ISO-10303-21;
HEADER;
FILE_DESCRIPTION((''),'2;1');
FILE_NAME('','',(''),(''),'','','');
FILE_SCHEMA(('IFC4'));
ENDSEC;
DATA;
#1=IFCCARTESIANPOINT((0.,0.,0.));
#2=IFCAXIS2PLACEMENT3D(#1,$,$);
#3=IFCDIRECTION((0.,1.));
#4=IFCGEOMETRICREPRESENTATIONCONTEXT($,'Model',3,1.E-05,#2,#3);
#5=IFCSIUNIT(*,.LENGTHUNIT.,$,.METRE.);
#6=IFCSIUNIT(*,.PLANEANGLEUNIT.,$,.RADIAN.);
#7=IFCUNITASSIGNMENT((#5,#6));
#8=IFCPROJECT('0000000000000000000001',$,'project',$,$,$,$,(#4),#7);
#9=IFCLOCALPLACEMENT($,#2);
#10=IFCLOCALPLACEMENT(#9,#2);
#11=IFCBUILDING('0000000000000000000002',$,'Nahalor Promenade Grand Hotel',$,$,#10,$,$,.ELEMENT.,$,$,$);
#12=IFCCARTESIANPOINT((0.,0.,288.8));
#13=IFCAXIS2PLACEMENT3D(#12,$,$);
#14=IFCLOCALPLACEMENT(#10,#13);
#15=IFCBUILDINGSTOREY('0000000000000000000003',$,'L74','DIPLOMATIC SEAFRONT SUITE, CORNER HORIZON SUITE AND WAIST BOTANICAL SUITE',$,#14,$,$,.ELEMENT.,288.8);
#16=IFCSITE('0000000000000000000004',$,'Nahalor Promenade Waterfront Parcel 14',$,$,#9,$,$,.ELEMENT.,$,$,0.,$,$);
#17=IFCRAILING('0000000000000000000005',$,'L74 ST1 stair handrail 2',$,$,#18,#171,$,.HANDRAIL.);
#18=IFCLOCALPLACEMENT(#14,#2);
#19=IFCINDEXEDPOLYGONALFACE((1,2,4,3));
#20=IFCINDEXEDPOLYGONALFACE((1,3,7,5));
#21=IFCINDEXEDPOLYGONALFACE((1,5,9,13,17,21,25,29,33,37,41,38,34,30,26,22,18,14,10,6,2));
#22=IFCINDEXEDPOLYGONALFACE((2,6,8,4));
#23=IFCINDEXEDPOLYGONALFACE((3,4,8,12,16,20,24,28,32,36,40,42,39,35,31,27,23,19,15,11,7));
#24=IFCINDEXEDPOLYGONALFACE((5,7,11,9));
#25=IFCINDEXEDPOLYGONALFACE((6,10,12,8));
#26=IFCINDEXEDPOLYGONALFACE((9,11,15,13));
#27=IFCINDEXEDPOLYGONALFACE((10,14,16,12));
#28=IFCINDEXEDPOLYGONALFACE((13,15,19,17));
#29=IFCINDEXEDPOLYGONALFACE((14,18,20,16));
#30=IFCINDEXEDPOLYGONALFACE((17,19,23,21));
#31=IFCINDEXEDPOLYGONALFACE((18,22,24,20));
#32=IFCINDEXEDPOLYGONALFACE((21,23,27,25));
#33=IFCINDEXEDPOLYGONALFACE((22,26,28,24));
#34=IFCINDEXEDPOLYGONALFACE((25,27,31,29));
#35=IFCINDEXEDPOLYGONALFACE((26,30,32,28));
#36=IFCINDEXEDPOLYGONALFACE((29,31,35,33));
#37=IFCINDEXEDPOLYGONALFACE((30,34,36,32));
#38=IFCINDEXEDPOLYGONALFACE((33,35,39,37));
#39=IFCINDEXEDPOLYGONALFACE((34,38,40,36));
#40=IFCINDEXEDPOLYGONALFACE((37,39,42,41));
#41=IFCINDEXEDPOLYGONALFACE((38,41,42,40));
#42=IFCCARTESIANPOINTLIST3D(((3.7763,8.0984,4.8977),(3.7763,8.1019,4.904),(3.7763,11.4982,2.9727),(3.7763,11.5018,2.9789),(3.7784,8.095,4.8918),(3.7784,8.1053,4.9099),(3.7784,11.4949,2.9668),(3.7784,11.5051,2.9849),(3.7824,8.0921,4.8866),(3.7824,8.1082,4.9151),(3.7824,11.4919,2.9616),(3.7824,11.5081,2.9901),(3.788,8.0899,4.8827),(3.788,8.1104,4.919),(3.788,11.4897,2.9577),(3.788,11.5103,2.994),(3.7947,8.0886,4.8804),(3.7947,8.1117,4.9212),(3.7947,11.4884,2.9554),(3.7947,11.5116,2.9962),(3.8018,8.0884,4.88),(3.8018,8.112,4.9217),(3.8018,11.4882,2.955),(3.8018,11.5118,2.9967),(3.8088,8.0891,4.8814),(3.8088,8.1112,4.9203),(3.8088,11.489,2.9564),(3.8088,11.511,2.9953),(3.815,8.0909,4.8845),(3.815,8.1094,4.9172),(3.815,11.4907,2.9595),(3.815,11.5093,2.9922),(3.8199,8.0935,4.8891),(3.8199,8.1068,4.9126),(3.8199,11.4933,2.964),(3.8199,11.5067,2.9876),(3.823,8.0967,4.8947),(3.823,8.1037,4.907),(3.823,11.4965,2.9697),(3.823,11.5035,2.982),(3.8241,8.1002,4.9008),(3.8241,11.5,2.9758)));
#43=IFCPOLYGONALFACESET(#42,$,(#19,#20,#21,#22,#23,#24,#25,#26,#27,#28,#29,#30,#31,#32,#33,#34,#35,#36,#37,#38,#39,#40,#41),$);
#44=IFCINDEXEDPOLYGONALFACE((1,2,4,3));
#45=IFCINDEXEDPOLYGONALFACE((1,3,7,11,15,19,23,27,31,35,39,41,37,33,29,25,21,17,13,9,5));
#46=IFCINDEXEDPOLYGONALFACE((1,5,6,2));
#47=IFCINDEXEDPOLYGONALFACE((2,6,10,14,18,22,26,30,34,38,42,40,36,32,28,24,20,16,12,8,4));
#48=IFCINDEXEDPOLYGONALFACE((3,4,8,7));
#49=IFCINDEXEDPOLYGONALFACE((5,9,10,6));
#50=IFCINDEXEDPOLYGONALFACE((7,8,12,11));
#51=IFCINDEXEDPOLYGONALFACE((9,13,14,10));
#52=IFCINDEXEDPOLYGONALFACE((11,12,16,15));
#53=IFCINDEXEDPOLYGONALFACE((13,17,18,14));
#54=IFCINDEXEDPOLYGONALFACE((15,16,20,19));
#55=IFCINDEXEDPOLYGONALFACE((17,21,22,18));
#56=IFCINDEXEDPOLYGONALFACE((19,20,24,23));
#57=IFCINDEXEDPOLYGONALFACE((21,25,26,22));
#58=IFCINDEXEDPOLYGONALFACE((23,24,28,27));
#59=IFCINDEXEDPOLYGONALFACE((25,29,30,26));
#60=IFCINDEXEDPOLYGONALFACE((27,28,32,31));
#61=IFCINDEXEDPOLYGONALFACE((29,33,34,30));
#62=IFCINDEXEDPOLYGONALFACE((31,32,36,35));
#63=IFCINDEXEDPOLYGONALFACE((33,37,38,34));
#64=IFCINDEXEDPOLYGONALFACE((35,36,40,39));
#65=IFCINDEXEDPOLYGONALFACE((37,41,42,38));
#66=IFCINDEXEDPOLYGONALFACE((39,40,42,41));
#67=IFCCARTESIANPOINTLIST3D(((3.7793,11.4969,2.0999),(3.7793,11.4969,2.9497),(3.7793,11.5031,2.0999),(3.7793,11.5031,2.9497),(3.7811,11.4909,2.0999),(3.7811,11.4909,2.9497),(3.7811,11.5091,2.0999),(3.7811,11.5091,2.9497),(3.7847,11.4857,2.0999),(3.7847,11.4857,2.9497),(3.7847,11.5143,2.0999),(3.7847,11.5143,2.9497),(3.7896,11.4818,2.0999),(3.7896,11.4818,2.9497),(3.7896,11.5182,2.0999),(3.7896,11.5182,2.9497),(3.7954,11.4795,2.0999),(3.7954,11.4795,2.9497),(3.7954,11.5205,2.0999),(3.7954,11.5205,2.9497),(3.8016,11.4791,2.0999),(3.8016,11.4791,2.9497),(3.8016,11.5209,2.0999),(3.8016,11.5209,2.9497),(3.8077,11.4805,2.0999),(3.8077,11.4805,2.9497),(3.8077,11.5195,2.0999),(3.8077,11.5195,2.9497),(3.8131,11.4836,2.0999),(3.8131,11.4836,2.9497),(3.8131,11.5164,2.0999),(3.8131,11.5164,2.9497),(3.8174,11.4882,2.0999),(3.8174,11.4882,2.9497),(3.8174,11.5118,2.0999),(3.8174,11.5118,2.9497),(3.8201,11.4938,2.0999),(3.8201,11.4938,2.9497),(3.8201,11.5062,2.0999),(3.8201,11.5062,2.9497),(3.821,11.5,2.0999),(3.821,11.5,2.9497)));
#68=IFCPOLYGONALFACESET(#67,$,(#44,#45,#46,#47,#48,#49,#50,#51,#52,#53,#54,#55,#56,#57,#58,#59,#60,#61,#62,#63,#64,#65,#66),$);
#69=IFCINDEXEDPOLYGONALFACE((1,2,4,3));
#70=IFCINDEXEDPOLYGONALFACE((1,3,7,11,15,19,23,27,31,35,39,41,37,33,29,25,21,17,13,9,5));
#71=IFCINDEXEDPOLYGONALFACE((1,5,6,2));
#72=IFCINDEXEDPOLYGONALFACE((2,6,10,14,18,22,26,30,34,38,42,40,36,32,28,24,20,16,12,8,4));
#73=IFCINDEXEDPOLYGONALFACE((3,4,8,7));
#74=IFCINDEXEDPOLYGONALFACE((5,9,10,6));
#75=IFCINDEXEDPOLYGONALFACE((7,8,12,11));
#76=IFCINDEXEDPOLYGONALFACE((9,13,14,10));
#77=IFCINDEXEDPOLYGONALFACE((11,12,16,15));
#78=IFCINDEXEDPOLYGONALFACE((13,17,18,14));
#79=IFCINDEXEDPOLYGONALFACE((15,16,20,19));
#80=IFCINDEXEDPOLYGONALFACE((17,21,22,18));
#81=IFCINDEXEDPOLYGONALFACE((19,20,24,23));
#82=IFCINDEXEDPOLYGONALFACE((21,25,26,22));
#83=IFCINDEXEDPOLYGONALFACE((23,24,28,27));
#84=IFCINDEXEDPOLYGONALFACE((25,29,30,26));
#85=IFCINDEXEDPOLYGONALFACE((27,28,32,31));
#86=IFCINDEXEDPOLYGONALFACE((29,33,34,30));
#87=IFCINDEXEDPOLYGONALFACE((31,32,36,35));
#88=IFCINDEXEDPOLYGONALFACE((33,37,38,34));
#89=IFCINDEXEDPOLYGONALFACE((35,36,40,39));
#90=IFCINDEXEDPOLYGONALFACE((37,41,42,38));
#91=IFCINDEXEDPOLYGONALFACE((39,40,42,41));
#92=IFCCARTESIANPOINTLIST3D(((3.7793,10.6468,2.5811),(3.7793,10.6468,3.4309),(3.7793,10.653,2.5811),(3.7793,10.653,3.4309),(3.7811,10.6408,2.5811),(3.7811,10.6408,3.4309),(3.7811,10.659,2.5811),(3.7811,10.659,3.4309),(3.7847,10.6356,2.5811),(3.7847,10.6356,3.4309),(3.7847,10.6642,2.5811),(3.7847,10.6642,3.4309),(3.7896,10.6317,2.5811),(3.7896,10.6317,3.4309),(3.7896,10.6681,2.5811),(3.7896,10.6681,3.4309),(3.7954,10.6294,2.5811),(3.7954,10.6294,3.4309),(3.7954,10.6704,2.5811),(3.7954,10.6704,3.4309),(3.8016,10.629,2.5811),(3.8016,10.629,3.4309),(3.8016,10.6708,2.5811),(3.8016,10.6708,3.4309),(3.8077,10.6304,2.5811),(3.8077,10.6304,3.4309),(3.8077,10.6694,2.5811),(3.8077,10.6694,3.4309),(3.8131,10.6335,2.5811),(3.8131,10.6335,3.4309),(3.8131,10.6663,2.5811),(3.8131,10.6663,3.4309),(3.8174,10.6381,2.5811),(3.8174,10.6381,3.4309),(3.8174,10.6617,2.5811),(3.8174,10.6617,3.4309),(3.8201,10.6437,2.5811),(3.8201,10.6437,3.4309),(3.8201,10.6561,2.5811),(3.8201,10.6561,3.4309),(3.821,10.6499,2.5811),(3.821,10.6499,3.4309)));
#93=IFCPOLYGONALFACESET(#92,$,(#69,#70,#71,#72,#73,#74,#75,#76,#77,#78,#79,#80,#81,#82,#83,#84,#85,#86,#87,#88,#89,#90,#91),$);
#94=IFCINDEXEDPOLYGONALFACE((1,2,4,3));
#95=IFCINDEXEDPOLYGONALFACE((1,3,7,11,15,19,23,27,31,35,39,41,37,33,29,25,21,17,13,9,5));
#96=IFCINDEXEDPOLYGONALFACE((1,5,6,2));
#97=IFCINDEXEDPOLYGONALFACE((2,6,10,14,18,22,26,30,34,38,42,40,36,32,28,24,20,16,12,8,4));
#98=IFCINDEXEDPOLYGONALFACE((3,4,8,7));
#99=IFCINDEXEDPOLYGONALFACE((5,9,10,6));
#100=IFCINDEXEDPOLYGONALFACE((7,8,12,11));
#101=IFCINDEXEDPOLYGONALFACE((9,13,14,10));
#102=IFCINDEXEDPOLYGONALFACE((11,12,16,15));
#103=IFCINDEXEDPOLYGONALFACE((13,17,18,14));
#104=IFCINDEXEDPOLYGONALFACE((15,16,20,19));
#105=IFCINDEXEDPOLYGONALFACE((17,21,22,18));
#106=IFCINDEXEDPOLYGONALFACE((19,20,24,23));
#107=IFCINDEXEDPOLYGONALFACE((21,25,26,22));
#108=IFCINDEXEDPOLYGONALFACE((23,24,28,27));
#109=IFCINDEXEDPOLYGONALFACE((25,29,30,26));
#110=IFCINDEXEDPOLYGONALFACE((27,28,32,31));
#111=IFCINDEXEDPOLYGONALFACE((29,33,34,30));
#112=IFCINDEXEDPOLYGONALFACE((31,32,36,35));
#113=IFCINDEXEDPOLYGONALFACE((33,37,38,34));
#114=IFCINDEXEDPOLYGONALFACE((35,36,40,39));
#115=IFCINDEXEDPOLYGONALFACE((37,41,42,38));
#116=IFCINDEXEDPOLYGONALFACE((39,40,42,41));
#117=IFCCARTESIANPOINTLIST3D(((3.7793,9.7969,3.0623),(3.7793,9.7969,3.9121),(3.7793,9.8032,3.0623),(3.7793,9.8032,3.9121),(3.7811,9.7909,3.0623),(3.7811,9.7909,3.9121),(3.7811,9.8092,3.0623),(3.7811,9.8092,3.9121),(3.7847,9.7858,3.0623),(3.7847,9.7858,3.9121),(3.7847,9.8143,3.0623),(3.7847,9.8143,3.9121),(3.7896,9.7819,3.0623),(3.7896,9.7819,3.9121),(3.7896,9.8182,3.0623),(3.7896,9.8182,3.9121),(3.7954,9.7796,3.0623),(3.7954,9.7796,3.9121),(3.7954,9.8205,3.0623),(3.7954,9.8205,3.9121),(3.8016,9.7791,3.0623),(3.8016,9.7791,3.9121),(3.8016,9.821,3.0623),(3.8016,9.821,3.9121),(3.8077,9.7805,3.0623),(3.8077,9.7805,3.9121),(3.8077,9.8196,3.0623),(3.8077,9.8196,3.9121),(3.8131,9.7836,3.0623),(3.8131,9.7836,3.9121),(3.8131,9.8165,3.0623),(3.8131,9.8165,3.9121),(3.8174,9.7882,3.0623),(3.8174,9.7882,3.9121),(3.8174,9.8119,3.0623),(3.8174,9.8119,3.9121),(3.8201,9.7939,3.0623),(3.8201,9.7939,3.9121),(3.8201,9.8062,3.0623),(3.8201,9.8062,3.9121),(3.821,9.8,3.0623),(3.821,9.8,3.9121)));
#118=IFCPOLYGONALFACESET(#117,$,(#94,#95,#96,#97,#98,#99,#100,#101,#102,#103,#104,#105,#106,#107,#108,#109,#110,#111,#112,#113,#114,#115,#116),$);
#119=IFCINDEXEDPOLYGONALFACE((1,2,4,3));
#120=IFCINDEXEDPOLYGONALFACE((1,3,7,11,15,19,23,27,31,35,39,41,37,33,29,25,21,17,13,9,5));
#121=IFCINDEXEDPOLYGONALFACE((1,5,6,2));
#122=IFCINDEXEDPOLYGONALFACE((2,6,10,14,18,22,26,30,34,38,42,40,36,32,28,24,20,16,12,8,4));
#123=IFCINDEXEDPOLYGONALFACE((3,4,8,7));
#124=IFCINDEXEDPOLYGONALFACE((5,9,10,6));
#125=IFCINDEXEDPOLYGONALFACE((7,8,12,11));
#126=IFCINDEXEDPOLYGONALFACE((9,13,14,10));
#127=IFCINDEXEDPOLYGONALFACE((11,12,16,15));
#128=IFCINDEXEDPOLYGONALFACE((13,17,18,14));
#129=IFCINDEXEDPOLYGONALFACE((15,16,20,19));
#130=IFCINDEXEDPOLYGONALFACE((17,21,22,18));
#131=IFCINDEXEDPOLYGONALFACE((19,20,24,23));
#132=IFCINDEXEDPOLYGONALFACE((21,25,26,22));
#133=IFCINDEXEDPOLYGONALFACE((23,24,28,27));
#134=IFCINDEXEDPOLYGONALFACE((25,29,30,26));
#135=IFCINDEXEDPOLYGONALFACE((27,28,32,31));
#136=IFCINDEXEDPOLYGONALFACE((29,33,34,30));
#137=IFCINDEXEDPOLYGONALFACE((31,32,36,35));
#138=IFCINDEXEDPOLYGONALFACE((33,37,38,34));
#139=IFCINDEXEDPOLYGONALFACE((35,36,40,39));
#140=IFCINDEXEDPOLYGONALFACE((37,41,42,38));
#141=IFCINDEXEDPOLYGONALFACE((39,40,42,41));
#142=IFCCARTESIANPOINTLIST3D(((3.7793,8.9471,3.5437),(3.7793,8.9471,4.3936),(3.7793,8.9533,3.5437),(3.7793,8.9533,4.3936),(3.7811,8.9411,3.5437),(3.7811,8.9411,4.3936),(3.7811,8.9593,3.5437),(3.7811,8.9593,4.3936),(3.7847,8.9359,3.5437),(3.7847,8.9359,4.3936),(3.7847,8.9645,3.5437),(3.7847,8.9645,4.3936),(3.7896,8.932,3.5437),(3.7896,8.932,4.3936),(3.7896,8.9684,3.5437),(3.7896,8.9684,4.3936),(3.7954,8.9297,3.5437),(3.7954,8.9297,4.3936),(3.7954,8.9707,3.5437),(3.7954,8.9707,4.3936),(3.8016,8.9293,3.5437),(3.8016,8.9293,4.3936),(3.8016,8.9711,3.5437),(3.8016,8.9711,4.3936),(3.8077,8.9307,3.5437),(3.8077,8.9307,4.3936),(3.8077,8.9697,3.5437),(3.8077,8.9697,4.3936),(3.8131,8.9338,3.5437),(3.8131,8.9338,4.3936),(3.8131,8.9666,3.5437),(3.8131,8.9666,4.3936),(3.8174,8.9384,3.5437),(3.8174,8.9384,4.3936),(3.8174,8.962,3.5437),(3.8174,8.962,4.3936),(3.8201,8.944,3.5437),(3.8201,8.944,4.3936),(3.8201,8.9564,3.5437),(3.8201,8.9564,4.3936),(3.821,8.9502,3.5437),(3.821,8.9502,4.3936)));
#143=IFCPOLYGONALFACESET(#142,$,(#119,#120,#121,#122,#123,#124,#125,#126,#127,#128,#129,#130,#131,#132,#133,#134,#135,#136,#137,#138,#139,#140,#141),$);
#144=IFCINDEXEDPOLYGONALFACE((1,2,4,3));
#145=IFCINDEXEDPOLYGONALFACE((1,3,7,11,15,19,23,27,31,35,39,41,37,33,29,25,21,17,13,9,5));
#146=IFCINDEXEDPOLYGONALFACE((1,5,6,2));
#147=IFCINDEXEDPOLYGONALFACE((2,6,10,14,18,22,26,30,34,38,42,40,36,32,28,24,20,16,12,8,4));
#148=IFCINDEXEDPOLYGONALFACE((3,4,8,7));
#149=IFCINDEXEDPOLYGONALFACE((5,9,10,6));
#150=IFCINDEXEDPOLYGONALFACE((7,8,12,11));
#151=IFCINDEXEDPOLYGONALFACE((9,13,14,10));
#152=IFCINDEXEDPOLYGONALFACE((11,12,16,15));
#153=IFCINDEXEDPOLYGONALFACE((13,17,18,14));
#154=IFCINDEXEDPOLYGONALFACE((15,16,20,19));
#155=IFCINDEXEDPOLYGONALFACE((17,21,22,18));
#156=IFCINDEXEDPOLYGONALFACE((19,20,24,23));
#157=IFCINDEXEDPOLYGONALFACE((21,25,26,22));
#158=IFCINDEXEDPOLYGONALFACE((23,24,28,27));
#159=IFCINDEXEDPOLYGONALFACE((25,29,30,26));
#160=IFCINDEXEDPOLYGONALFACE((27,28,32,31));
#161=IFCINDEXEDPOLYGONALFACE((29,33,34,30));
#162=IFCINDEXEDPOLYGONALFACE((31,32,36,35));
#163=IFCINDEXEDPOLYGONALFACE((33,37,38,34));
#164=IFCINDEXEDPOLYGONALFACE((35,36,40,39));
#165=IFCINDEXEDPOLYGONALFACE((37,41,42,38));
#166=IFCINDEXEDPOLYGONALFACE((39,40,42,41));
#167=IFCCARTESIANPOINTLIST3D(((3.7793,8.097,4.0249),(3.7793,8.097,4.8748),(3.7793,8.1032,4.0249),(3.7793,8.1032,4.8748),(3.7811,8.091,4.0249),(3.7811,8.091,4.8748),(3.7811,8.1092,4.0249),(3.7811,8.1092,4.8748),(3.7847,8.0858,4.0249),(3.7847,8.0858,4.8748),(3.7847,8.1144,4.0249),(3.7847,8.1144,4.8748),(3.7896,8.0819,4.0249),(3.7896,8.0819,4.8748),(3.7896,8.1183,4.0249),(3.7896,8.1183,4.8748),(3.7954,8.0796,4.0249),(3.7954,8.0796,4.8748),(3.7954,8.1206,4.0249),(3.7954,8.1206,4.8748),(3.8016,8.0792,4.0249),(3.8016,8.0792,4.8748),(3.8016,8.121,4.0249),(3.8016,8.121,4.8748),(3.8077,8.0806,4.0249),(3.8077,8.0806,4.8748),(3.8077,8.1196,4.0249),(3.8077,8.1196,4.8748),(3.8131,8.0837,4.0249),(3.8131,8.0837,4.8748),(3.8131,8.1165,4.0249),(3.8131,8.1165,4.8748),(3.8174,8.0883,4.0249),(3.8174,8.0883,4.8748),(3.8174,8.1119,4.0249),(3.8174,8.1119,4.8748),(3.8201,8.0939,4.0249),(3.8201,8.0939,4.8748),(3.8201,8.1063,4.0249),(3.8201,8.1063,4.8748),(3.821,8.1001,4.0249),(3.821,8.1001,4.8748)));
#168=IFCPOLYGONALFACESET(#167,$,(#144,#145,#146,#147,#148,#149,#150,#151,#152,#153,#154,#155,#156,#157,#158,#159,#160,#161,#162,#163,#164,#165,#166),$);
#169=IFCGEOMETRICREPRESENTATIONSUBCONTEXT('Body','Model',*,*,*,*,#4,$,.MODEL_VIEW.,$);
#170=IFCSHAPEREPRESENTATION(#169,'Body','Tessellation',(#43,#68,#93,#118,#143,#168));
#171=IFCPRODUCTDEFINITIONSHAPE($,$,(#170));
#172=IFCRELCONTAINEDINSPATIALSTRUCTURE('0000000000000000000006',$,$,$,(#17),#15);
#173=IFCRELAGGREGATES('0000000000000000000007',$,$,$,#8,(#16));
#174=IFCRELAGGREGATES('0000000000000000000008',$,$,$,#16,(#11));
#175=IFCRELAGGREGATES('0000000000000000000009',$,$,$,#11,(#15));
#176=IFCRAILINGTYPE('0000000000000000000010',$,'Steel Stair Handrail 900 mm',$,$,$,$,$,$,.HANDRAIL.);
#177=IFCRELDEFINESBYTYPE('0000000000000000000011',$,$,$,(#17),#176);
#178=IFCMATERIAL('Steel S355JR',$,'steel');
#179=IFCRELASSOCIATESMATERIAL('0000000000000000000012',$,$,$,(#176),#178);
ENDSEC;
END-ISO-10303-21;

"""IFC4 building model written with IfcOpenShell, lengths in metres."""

from ifc_helpers import new_model, si_unit, direction, frame, origin, origin_2d, place, context, subcontext, project, spatial, circle, extrude, material, type_object, element, save


model = new_model("IFC4")

# Units and contexts
model_context = context("Model", 3, precision=1e-05, world=origin(), true_north=direction((0.0, 1.0)))
body_context = subcontext(model_context, "Body", "Model", "MODEL_VIEW")
ifc_project = project(units=[si_unit("LENGTHUNIT", "METRE"), si_unit("PLANEANGLEUNIT", "RADIAN")], contexts=[model_context])

# Site, building, storey
site_placement = place(None, origin())
site = spatial("IfcSite", under=ifc_project, at=site_placement, Name="Nahalor Promenade Waterfront Parcel 14", CompositionType="ELEMENT", RefElevation=0.0)
building_placement = place(site_placement, origin())
building = spatial("IfcBuilding", under=site, at=building_placement, Name="Nahalor Promenade Grand Hotel", CompositionType="ELEMENT")
storey_placement = place(building_placement, frame((0.0, 0.0, 288.8)))
storey = spatial("IfcBuildingStorey", under=building, at=storey_placement, Name="L74", Description="DIPLOMATIC SEAFRONT SUITE, CORNER HORIZON SUITE AND WAIST BOTANICAL SUITE", CompositionType="ELEMENT", Elevation=288.8)

# Shared definitions
ifc_material_1 = material(Name="Steel S355JR", Category="steel")

# Railing
railing_type_1 = type_object("IfcRailingType", Name="Steel Stair Handrail 900 mm", PredefinedType="HANDRAIL", material=ifc_material_1)
railing_1_placement = place(storey_placement, frame((3.8, 11.5, 2.0999)))
element("IfcRailing", 1, at=railing_1_placement, inside=storey, type_object=railing_type_1, Name="L74 ST1 stair handrail 2", PredefinedType="HANDRAIL", context=body_context, shape_type="SweptSolid", body=[
    extrude(circle(Radius=0.024, at=origin_2d()), frame((0.0, 0.0, 0.876), z_axis=(0.0, -0.870194, 0.49271), x_axis=(1.0, 0.0, 0.0)), (0.0, 0.0, 1.0), 3.907),
    extrude(circle(Radius=0.021, at=origin_2d()), origin(), (0.0, 0.0, 1.0), 0.8499),
    extrude(circle(Radius=0.021, at=origin_2d()), frame((0.0, -0.8501, 0.4812)), (0.0, 0.0, 1.0), 0.8499),
    extrude(circle(Radius=0.021, at=origin_2d()), frame((0.0, -1.7, 0.9624)), (0.0, 0.0, 1.0), 0.8499),
    extrude(circle(Radius=0.021, at=origin_2d()), frame((0.0, -2.5498, 1.4438)), (0.0, 0.0, 1.0), 0.8499),
    extrude(circle(Radius=0.021, at=origin_2d()), frame((0.0, -3.3999, 1.925)), (0.0, 0.0, 1.0), 0.8499),
])

save(model, "model.ifc")
